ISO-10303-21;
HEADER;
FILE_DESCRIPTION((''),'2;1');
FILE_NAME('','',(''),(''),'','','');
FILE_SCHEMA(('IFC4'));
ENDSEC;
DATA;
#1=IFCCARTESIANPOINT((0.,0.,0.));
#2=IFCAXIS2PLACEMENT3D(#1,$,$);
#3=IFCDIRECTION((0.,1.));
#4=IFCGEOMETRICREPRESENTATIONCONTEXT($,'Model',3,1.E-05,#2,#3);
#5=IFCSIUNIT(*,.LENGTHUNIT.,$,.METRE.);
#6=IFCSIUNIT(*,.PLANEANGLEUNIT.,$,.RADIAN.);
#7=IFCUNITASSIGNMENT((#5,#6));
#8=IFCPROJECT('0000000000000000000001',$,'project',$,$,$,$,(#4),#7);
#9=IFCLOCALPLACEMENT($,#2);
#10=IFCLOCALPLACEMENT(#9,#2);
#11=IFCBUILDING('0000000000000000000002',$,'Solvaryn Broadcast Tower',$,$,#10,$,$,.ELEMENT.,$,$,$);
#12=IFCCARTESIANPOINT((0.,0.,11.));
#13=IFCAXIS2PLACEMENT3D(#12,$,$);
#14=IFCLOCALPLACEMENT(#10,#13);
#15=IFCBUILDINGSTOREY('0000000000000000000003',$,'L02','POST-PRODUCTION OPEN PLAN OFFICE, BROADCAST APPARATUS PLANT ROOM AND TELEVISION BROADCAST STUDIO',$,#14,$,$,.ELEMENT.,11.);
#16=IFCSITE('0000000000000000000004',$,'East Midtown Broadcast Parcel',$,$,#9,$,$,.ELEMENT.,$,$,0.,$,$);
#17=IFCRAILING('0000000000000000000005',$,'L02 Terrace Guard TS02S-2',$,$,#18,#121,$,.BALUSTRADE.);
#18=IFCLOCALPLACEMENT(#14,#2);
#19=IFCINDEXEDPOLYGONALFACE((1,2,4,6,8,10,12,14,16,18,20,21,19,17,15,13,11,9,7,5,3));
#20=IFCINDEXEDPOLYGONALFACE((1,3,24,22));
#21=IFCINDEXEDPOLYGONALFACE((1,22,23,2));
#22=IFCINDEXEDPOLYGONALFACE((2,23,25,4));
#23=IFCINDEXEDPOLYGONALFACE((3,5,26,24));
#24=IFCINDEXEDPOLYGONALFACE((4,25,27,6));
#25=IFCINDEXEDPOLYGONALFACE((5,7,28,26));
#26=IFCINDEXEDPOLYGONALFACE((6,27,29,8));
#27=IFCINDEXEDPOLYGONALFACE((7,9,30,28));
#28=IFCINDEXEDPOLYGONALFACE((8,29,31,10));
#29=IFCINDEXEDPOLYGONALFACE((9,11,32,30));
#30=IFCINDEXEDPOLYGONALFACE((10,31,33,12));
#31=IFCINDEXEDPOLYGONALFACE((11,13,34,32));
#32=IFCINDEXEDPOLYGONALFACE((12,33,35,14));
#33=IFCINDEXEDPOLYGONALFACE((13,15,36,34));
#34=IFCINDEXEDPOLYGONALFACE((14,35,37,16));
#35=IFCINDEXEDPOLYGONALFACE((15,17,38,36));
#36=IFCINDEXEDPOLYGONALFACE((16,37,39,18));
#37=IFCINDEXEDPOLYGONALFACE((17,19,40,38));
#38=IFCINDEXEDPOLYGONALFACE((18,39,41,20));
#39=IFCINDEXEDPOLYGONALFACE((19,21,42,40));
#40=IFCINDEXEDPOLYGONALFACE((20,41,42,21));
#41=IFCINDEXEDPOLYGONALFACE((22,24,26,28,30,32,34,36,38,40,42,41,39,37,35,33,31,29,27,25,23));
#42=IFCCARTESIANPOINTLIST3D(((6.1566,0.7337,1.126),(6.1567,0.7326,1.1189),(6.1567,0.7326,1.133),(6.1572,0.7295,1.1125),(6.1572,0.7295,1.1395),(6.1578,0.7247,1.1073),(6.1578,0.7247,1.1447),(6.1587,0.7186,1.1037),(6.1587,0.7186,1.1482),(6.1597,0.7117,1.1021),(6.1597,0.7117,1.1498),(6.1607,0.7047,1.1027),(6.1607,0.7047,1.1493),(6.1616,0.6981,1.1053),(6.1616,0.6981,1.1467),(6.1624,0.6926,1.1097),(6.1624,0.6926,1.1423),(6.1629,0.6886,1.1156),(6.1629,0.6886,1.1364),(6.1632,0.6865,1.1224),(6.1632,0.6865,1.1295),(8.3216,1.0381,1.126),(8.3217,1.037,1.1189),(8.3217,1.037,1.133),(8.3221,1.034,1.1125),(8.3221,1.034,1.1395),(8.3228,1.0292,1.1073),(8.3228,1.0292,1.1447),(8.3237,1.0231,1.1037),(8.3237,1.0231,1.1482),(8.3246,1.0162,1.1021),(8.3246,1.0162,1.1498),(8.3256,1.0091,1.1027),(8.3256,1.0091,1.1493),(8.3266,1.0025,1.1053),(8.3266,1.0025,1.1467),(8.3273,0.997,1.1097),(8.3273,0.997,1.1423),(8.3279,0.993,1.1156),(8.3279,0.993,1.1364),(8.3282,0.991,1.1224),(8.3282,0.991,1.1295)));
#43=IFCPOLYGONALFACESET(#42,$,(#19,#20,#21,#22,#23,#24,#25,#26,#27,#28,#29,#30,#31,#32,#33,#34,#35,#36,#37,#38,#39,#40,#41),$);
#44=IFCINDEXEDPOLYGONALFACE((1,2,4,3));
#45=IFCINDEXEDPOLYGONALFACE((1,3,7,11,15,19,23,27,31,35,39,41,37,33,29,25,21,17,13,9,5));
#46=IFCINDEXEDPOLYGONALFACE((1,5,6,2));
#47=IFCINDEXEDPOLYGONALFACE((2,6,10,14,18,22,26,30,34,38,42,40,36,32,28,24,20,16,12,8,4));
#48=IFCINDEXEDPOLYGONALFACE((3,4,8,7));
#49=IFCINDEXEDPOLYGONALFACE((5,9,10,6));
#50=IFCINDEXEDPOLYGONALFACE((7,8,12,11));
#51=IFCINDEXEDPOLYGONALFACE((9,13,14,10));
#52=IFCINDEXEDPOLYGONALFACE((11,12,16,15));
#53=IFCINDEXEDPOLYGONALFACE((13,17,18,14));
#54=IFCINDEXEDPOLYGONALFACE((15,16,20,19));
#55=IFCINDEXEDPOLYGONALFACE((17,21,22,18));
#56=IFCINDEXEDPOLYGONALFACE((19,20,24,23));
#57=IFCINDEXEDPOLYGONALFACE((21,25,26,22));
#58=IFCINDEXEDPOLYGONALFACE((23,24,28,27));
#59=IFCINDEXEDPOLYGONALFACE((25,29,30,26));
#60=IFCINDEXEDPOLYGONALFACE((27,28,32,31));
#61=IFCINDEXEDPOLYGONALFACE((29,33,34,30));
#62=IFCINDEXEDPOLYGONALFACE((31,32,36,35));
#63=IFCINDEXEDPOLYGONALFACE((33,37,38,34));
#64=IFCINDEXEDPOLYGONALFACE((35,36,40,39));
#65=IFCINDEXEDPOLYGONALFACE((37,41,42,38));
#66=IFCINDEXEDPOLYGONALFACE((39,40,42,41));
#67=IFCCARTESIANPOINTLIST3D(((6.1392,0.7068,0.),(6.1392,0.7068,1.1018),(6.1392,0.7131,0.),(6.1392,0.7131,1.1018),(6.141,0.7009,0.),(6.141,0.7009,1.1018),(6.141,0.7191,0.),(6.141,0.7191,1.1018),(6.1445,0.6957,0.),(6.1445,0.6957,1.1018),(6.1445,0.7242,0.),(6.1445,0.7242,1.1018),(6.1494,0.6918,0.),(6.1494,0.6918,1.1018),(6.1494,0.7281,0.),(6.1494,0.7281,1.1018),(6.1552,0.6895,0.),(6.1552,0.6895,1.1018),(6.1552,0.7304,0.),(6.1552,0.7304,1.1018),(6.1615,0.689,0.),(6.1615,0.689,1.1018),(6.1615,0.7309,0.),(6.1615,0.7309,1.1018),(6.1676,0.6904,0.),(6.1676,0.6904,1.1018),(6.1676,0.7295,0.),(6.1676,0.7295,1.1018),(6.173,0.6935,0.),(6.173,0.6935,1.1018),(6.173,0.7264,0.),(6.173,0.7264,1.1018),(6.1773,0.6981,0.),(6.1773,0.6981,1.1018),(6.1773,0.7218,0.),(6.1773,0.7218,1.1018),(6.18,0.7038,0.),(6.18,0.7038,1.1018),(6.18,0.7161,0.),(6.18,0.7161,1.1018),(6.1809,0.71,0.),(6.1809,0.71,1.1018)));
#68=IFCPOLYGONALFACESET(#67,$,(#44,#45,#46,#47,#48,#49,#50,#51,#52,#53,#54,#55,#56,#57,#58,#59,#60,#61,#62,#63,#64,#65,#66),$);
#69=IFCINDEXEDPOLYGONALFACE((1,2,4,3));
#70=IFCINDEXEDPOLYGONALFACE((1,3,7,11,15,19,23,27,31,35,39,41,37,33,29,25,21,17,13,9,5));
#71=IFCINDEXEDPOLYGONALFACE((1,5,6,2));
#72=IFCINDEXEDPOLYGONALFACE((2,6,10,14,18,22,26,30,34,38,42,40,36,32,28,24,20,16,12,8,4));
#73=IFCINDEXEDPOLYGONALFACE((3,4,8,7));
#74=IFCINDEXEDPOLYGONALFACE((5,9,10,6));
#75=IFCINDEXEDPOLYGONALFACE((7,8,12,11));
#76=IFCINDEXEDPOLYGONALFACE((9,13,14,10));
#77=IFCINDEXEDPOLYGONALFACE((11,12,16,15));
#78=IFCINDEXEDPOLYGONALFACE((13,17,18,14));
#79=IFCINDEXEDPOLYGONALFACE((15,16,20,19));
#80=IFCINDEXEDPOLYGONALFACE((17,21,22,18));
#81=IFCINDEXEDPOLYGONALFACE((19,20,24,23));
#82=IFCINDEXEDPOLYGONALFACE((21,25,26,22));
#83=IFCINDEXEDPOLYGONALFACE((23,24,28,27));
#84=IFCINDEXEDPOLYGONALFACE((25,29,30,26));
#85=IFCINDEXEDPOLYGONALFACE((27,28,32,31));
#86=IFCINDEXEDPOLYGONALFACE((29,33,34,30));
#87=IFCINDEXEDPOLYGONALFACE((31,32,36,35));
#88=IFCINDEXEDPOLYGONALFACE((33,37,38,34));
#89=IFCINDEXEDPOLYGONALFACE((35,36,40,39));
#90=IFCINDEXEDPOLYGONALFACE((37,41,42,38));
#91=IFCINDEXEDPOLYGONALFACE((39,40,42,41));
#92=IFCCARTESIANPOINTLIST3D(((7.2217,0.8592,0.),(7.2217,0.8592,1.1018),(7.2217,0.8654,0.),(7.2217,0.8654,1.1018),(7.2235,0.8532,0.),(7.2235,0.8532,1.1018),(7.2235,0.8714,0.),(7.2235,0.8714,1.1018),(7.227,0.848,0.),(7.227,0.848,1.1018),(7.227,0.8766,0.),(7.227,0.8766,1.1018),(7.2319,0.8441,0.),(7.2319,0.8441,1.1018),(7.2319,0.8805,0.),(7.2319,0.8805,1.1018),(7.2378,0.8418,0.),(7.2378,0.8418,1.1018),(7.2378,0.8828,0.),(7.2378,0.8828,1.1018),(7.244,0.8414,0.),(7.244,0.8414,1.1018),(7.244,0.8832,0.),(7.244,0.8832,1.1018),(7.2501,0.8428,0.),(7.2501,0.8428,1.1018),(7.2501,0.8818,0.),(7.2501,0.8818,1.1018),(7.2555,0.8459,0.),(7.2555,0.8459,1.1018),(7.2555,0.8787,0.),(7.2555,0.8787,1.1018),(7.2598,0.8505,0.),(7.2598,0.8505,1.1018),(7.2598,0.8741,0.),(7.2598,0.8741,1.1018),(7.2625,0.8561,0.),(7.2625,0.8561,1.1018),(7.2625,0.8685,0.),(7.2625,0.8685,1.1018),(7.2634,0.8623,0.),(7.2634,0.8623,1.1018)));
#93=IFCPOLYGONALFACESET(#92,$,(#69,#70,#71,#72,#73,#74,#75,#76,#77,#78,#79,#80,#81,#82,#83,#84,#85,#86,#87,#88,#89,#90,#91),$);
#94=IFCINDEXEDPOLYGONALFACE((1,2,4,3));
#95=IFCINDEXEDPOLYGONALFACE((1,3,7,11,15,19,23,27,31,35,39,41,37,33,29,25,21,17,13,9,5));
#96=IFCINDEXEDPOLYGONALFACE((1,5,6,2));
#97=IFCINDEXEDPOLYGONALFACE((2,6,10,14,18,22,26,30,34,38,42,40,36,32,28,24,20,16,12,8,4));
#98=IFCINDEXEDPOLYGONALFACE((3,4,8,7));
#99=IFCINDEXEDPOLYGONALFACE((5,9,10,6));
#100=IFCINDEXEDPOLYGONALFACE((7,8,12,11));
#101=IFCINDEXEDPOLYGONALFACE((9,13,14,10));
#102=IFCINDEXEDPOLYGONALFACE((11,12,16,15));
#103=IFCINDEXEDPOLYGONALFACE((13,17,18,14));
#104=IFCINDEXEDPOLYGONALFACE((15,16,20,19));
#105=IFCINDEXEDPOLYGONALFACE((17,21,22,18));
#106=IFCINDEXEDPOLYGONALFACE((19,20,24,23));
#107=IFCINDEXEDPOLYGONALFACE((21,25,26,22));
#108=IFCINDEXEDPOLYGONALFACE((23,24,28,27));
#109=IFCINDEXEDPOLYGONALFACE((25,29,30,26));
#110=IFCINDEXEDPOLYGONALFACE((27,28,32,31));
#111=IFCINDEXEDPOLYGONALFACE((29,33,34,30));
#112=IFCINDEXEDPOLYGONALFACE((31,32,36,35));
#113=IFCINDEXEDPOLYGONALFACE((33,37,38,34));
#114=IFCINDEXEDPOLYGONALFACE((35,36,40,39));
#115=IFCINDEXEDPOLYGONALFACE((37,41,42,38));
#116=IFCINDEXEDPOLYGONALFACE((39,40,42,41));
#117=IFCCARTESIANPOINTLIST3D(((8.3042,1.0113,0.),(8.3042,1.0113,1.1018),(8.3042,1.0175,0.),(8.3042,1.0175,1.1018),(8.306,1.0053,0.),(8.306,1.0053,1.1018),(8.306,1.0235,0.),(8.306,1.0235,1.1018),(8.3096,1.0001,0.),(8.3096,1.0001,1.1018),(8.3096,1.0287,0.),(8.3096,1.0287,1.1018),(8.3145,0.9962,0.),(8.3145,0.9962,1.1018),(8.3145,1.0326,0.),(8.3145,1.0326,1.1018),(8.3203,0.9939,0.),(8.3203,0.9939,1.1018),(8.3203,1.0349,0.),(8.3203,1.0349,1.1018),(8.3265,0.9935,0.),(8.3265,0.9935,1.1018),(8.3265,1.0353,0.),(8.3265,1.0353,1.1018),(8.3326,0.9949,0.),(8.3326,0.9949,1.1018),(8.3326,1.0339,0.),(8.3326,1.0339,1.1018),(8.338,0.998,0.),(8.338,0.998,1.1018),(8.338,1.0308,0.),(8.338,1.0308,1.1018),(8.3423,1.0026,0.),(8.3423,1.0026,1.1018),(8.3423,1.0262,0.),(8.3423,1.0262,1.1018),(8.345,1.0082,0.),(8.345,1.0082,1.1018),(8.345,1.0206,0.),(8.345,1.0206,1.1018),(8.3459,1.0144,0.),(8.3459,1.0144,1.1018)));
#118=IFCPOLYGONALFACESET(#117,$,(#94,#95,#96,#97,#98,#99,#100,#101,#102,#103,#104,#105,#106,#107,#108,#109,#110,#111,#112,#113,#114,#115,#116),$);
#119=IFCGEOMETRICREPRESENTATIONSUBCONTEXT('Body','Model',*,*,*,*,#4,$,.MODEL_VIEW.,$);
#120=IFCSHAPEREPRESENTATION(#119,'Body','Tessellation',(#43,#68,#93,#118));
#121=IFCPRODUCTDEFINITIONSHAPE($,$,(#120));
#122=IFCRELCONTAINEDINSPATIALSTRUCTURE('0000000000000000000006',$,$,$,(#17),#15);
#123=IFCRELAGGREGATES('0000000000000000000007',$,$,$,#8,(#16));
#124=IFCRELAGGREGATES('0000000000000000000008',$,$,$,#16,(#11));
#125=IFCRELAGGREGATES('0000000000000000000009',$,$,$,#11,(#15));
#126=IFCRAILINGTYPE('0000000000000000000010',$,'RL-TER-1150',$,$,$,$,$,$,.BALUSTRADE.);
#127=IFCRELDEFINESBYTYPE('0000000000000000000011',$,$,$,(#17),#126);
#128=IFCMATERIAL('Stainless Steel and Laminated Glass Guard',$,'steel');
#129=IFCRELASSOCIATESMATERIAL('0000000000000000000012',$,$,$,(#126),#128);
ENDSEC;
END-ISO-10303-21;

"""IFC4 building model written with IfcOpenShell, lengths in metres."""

from ifc_helpers import new_model, si_unit, direction, frame, origin, origin_2d, place, context, subcontext, project, spatial, circle, extrude, material, type_object, element, save


model = new_model("IFC4")

# Units and contexts
model_context = context("Model", 3, precision=1e-05, world=origin(), true_north=direction((0.0, 1.0)))
body_context = subcontext(model_context, "Body", "Model", "MODEL_VIEW")
ifc_project = project(units=[si_unit("LENGTHUNIT", "METRE"), si_unit("PLANEANGLEUNIT", "RADIAN")], contexts=[model_context])

# Site, building, storey
site_placement = place(None, origin())
site = spatial("IfcSite", under=ifc_project, at=site_placement, Name="East Midtown Broadcast Parcel", CompositionType="ELEMENT", RefElevation=0.0)
building_placement = place(site_placement, origin())
building = spatial("IfcBuilding", under=site, at=building_placement, Name="Solvaryn Broadcast Tower", CompositionType="ELEMENT")
storey_placement = place(building_placement, frame((0.0, 0.0, 11.0)))
storey = spatial("IfcBuildingStorey", under=building, at=storey_placement, Name="L02", Description="POST-PRODUCTION OPEN PLAN OFFICE, BROADCAST APPARATUS PLANT ROOM AND TELEVISION BROADCAST STUDIO", CompositionType="ELEMENT", Elevation=11.0)

# Railing
ifc_material_1 = material(Name="Stainless Steel and Laminated Glass Guard", Category="steel")
railing_type = type_object("IfcRailingType", Name="RL-TER-1150", PredefinedType="BALUSTRADE", material=ifc_material_1)
railing_1_placement = place(storey_placement, frame((6.1599, 0.71, 0.0)))
element("IfcRailing", 1, at=railing_1_placement, inside=storey, type_object=railing_type, Name="L02 Terrace Guard TS02S-2", PredefinedType="BALUSTRADE", context=body_context, shape_type="SweptSolid", body=[
    extrude(circle(Radius=0.0239, at=origin_2d()), frame((0.0, 0.0, 1.126), z_axis=(0.990258, 0.139248, 0.0), x_axis=(-0.139248, 0.990258, 0.0)), (0.0, 0.0, 1.0), 2.1863),
    extrude(circle(Radius=0.021, at=origin_2d()), origin(), (0.0, 0.0, 1.0), 1.1018),
    extrude(circle(Radius=0.021, at=origin_2d()), frame((1.0825, 0.1523, 0.0)), (0.0, 0.0, 1.0), 1.1018),
    extrude(circle(Radius=0.021, at=origin_2d()), frame((2.165, 0.3044, 0.0)), (0.0, 0.0, 1.0), 1.1018),
])

save(model, "model.ifc")
